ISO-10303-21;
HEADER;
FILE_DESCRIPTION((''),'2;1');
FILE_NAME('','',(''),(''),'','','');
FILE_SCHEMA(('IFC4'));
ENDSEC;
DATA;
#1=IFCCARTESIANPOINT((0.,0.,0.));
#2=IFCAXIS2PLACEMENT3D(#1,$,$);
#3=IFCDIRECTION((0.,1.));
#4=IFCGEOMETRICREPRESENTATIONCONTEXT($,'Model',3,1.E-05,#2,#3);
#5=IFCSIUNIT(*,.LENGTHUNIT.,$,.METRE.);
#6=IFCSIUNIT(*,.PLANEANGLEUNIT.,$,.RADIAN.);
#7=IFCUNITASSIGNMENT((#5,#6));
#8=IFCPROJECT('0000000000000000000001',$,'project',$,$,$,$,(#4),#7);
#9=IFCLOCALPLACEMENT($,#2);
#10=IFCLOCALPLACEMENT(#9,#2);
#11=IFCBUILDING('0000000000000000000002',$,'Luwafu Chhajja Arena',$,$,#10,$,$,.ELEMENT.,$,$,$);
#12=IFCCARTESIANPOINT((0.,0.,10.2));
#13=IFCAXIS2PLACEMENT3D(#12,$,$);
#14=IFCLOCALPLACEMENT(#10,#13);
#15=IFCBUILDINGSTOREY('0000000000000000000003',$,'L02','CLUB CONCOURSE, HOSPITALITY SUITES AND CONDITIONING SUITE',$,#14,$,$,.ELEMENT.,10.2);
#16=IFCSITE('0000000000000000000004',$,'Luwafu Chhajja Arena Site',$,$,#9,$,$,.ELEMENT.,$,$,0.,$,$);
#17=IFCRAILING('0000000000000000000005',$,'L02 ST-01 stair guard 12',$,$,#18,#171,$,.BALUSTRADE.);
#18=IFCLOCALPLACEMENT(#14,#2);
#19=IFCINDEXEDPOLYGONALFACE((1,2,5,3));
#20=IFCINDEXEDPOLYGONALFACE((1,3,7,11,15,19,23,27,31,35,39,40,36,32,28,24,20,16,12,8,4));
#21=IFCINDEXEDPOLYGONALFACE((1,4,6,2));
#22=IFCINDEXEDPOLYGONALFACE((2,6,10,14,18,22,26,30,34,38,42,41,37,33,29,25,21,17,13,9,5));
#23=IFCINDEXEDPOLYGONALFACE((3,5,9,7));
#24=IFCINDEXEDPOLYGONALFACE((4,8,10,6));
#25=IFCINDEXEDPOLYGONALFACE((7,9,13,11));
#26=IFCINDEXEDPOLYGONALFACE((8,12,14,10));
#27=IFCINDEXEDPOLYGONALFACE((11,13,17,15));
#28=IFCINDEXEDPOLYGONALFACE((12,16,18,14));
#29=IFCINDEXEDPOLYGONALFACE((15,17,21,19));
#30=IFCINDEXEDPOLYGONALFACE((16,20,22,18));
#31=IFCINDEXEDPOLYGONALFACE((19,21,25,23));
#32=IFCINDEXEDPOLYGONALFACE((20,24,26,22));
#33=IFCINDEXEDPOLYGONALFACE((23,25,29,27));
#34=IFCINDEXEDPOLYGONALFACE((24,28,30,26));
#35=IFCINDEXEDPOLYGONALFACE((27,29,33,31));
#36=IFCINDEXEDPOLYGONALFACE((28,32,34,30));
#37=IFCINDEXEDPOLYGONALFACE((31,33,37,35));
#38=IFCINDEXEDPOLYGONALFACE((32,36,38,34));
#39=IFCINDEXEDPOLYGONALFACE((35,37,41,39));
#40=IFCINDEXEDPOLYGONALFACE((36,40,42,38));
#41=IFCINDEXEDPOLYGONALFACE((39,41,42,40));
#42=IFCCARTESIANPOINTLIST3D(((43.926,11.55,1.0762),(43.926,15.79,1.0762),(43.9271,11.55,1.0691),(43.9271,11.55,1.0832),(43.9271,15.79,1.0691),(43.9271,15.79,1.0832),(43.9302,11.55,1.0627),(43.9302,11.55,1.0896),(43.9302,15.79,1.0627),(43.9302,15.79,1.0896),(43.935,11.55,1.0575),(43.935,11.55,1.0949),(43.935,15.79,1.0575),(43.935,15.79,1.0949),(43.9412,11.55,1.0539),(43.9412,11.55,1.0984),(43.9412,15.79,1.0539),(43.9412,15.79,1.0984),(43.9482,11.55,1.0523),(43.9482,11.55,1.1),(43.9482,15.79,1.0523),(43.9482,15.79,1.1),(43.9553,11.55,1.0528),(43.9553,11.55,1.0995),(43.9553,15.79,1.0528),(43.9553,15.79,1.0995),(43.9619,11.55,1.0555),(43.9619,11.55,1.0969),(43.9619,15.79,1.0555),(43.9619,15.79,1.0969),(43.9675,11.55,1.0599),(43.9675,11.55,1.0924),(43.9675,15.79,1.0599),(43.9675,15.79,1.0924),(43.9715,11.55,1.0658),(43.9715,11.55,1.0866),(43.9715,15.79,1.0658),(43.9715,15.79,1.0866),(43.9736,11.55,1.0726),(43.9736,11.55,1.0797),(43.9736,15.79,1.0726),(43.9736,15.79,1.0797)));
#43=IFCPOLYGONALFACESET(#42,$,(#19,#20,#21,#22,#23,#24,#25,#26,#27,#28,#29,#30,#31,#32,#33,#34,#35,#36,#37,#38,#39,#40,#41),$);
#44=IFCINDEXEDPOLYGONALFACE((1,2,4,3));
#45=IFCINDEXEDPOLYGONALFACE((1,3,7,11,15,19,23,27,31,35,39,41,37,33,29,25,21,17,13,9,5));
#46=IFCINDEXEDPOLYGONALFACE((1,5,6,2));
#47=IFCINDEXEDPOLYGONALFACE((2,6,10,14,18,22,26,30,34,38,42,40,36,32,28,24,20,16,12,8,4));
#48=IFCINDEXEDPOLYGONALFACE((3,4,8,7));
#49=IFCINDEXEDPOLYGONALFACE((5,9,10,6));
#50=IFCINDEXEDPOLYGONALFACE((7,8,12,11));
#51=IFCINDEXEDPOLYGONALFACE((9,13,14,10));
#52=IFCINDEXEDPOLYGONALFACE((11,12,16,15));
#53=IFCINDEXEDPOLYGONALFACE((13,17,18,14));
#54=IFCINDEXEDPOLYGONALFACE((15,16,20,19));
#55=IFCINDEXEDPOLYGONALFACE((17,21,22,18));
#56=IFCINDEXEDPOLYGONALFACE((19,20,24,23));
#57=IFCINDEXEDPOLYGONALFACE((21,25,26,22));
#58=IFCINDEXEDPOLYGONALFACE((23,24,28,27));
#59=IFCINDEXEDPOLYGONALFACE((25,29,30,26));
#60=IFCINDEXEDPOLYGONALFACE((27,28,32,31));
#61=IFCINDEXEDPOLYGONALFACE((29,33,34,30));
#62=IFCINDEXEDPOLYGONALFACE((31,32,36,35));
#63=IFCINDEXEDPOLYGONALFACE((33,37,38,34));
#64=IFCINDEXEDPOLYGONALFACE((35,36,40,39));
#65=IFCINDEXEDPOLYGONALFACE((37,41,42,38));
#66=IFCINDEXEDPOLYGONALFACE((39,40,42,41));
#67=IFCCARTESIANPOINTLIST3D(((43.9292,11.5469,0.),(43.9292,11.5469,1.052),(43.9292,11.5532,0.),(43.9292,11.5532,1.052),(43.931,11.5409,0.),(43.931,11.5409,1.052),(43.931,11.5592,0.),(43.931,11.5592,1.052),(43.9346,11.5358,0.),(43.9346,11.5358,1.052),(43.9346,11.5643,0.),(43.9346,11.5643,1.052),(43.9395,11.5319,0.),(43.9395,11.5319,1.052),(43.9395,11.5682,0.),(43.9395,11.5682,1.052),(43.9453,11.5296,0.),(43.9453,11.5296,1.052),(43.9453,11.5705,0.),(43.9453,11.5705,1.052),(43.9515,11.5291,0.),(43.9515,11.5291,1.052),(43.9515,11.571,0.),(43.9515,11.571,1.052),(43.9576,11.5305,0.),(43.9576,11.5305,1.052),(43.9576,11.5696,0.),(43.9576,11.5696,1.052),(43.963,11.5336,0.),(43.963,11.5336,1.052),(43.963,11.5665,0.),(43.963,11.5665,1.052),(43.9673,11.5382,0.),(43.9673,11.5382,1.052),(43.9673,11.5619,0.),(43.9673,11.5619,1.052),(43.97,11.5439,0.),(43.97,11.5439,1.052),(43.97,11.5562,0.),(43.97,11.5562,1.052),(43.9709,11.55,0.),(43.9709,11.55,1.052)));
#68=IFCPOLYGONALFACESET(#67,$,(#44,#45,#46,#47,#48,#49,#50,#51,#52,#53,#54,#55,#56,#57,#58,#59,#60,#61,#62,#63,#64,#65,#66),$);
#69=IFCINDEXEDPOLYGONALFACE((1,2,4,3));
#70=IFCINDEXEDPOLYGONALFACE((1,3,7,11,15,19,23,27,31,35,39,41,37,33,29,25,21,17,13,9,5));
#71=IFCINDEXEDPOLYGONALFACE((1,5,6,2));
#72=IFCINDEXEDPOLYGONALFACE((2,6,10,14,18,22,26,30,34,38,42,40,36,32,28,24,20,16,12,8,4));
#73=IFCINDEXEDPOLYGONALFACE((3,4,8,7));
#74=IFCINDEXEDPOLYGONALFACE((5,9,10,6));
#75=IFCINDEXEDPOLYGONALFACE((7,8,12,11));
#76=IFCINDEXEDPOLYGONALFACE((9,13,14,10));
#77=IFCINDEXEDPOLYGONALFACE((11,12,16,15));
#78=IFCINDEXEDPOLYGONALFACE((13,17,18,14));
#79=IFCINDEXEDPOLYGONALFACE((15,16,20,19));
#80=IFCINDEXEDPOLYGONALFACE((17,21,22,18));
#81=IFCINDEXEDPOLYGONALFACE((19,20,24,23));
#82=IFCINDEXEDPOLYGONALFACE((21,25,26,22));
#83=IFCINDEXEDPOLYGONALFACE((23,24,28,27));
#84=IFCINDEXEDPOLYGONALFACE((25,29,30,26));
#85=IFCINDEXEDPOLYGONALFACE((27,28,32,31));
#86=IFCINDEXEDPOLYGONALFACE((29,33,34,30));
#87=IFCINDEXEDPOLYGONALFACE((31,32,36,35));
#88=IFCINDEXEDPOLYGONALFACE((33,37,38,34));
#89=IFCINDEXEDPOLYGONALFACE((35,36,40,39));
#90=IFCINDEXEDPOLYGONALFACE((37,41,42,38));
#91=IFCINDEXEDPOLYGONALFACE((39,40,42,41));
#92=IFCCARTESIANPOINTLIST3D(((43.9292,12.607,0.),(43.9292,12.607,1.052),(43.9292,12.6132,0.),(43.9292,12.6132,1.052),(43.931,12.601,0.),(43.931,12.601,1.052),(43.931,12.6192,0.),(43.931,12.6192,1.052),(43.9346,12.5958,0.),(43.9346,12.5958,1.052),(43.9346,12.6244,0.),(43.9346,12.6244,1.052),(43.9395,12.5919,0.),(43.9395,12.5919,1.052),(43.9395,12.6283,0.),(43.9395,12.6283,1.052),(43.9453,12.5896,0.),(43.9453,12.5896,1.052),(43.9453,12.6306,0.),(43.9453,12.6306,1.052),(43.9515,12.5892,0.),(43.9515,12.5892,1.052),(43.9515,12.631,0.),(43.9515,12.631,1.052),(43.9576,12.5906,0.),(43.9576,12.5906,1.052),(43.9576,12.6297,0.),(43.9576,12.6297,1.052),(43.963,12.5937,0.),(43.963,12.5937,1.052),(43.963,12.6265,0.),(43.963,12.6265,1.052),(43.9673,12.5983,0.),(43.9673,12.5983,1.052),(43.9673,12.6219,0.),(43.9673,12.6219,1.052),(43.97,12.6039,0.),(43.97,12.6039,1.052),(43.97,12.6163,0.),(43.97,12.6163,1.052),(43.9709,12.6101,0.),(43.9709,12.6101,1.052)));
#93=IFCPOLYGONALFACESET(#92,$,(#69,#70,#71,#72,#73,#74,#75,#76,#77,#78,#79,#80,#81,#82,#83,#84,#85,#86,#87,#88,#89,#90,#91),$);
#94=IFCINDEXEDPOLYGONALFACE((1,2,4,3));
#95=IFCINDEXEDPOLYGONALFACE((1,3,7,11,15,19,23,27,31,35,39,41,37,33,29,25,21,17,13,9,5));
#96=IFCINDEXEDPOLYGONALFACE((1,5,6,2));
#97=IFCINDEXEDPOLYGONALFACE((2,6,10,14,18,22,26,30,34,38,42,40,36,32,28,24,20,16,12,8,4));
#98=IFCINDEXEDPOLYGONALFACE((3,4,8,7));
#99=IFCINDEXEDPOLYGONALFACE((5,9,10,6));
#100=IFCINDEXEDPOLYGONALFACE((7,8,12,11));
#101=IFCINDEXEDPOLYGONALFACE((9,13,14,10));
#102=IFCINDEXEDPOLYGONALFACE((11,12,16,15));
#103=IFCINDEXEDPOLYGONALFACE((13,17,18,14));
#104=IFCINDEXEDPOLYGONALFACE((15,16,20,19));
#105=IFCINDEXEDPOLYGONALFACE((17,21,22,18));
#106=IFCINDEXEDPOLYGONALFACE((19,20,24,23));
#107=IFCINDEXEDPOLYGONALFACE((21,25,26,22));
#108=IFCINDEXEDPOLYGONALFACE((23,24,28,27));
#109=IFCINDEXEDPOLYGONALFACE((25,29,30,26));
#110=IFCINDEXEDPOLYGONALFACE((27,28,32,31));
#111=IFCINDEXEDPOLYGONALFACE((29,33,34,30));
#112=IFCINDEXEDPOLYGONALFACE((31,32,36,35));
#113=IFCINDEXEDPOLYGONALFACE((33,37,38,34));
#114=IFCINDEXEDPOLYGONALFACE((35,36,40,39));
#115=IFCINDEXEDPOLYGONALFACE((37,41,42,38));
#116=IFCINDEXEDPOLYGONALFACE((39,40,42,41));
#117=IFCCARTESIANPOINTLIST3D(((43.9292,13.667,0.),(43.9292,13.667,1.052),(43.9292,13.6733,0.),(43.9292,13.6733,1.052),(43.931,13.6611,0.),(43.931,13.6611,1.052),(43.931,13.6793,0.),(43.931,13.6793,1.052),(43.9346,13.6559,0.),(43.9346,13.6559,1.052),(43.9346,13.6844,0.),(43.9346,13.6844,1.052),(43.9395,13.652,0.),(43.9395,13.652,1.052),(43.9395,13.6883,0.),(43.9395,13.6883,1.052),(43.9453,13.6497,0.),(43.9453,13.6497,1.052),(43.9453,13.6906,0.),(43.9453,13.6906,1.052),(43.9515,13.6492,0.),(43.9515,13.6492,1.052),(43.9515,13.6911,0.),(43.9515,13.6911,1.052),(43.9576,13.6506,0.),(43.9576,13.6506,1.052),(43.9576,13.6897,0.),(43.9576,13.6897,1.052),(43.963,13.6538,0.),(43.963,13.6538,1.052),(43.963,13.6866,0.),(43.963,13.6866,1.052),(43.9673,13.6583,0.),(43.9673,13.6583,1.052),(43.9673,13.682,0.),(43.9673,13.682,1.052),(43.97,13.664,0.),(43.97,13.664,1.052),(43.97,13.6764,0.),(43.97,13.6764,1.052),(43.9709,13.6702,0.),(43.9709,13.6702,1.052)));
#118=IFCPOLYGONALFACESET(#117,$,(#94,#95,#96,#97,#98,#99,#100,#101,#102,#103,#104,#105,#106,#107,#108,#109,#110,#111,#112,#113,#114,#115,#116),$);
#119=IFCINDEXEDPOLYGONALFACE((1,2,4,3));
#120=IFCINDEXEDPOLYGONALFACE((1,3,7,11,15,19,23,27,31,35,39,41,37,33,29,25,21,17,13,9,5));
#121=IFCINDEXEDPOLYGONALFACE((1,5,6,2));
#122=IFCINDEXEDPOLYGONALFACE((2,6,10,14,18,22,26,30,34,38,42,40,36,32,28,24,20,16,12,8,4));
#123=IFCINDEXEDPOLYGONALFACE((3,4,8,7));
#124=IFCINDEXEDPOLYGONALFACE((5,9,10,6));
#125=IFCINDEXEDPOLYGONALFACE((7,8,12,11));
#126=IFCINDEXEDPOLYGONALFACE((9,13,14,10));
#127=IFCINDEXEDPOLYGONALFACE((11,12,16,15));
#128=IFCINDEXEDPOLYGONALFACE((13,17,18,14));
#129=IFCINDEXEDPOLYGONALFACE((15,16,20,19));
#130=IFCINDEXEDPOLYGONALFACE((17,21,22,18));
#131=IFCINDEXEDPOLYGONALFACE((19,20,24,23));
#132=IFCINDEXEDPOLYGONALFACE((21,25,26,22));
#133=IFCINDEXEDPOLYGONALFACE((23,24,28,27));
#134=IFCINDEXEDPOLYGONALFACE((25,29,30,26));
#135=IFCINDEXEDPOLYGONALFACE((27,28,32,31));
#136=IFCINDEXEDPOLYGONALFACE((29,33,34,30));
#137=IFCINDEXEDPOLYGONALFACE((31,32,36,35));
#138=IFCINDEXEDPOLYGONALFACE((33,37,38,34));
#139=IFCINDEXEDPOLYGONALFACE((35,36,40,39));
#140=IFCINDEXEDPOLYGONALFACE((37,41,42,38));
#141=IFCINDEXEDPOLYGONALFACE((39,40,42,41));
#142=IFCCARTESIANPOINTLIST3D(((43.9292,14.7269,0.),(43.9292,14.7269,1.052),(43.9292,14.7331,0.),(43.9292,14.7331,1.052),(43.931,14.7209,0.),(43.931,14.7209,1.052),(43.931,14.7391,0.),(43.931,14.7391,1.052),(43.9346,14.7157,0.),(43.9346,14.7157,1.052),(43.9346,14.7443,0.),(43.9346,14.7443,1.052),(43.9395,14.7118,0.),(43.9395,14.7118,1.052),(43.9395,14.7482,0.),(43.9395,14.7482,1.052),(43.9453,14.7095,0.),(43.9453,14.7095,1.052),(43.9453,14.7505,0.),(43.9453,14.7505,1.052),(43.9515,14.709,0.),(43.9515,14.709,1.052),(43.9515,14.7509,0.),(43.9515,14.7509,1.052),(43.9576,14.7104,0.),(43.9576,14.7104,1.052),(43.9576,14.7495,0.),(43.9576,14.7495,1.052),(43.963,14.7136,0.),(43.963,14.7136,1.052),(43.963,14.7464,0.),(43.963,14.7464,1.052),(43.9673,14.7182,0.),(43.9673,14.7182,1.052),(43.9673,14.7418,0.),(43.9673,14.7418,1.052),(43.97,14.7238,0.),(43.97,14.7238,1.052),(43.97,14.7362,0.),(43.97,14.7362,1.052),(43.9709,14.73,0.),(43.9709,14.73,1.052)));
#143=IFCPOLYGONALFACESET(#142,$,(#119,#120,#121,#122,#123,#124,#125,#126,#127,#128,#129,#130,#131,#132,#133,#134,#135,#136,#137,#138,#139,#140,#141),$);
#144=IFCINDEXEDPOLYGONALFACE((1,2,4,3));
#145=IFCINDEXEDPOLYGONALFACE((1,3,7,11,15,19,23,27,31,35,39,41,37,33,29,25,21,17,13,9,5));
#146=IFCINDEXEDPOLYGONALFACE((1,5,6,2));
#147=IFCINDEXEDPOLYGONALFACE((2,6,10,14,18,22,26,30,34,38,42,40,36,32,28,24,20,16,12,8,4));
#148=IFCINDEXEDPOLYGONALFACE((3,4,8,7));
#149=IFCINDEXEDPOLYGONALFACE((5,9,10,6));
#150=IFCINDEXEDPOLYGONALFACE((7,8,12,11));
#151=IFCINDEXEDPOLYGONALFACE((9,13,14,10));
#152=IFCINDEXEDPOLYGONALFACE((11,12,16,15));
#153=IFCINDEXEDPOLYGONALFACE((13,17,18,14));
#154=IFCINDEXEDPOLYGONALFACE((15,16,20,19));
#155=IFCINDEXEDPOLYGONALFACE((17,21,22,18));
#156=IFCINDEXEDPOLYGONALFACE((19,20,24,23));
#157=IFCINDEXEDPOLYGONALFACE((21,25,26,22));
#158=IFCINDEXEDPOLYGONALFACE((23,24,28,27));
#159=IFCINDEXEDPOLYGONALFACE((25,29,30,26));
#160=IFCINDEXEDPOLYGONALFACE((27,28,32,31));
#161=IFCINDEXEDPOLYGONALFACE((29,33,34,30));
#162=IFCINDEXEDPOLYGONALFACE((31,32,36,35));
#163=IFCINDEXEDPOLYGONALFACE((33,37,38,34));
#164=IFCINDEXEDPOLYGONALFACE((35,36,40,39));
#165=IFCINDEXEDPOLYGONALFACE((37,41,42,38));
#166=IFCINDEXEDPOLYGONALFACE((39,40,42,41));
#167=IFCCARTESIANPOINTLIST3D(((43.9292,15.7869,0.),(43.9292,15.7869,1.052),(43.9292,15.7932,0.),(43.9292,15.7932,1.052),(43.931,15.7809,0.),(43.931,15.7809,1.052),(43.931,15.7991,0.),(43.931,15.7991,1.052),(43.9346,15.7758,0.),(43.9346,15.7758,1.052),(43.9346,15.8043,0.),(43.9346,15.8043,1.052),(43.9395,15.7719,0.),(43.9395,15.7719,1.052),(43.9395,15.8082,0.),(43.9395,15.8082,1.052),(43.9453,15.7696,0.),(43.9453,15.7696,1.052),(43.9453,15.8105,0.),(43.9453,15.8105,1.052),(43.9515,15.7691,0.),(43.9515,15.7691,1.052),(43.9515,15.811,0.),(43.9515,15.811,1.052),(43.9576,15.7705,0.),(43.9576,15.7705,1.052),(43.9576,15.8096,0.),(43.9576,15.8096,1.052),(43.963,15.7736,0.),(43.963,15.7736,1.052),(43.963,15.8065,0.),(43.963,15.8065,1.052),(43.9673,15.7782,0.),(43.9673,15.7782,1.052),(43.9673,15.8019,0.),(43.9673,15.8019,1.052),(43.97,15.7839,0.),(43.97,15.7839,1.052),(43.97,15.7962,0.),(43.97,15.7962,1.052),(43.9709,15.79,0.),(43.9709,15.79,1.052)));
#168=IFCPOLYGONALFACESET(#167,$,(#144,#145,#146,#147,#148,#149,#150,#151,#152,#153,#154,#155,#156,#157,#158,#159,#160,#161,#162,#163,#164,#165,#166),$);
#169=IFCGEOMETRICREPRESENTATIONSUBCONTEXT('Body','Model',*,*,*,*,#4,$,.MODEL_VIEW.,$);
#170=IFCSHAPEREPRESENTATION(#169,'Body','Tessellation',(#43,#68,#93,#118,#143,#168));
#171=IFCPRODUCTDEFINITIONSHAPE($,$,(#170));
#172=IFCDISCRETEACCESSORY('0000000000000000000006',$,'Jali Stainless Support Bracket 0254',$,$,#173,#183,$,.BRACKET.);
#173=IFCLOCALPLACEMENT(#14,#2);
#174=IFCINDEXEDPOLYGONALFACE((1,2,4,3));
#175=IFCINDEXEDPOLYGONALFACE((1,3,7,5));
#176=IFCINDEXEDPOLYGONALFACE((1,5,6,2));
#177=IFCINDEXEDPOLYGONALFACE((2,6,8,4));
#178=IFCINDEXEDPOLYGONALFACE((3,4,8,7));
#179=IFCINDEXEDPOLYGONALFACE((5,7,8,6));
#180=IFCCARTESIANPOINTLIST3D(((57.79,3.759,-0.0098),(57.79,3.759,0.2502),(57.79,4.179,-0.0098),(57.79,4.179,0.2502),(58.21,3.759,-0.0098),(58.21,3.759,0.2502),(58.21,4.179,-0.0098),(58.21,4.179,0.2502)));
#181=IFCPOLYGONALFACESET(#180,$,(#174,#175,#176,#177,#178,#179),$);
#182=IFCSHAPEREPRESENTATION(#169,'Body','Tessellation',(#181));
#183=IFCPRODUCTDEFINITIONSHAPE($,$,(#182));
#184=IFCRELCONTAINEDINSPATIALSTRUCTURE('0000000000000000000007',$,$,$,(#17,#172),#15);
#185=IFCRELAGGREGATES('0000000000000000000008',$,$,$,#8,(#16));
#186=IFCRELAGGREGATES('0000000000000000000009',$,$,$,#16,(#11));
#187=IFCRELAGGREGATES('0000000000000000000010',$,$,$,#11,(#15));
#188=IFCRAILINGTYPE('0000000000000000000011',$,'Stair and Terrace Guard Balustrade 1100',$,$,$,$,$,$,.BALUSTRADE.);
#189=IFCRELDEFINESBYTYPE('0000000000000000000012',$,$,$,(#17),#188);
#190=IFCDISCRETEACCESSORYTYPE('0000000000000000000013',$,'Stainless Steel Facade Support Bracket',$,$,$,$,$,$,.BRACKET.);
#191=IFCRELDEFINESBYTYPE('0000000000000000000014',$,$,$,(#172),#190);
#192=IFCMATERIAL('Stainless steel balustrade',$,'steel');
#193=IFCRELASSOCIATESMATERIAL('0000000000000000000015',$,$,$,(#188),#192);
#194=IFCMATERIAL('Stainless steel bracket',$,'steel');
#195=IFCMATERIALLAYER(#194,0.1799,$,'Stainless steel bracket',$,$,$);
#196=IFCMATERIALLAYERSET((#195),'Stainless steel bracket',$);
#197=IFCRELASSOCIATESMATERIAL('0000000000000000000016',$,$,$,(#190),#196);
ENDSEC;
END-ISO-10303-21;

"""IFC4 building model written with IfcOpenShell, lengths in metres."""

from ifc_helpers import new_model, si_unit, direction, frame, origin, origin_2d, place, context, subcontext, project, spatial, rectangle, circle, extrude, material, layer, layer_set, type_object, element, save


model = new_model("IFC4")

# Units and contexts
model_context = context("Model", 3, precision=1e-05, world=origin(), true_north=direction((0.0, 1.0)))
body_context = subcontext(model_context, "Body", "Model", "MODEL_VIEW")
ifc_project = project(units=[si_unit("LENGTHUNIT", "METRE"), si_unit("PLANEANGLEUNIT", "RADIAN")], contexts=[model_context])

# Site, building, storey
site_placement = place(None, origin())
site = spatial("IfcSite", under=ifc_project, at=site_placement, Name="Luwafu Chhajja Arena Site", CompositionType="ELEMENT", RefElevation=0.0)
building_placement = place(site_placement, origin())
building = spatial("IfcBuilding", under=site, at=building_placement, Name="Luwafu Chhajja Arena", CompositionType="ELEMENT")
storey_placement = place(building_placement, frame((0.0, 0.0, 10.2)))
storey = spatial("IfcBuildingStorey", under=building, at=storey_placement, Name="L02", Description="CLUB CONCOURSE, HOSPITALITY SUITES AND CONDITIONING SUITE", CompositionType="ELEMENT", Elevation=10.2)

# Railing
ifc_material_1 = material(Name="Stainless steel balustrade", Category="steel")
railing_type_1 = type_object("IfcRailingType", Name="Stair and Terrace Guard Balustrade 1100", PredefinedType="BALUSTRADE", material=ifc_material_1)
railing_1_placement = place(storey_placement, frame((43.95, 11.55, 0.0)))
element("IfcRailing", 1, at=railing_1_placement, inside=storey, type_object=railing_type_1, Name="L02 ST-01 stair guard 12", PredefinedType="BALUSTRADE", context=body_context, shape_type="SweptSolid", body=[
    extrude(circle(Radius=0.0239, at=origin_2d()), frame((0.0, 0.0, 1.0762), z_axis=(0.0, 1.0, 0.0), x_axis=(-1.0, 0.0, 0.0)), (0.0, 0.0, 1.0), 4.24),
    extrude(circle(Radius=0.021, at=origin_2d()), origin(), (0.0, 0.0, 1.0), 1.052),
    extrude(circle(Radius=0.021, at=origin_2d()), frame((0.0, 1.0601, 0.0)), (0.0, 0.0, 1.0), 1.052),
    extrude(circle(Radius=0.021, at=origin_2d()), frame((0.0, 2.1201, 0.0)), (0.0, 0.0, 1.0), 1.052),
    extrude(circle(Radius=0.021, at=origin_2d()), frame((0.0, 3.1799, 0.0)), (0.0, 0.0, 1.0), 1.052),
    extrude(circle(Radius=0.021, at=origin_2d()), frame((0.0, 4.24, 0.0)), (0.0, 0.0, 1.0), 1.052),
])

# Discrete accessory
ifc_material_2 = material(Name="Stainless steel bracket", Category="steel")
ifc_layer_1 = layer(ifc_material_2, 0.1799, Name="Stainless steel bracket")
ifc_layer_set_1 = layer_set([ifc_layer_1], Name="Stainless steel bracket")
discrete_accessory_type = type_object("IfcDiscreteAccessoryType", Name="Stainless Steel Facade Support Bracket", PredefinedType="BRACKET", material=ifc_layer_set_1)
discrete_accessory_placement = place(storey_placement, frame((58.0, 3.969, -0.0098), z_axis=(0.0, 0.0, 1.0), x_axis=(0.0, 1.0, 0.0)))
element("IfcDiscreteAccessory", 2, at=discrete_accessory_placement, inside=storey, type_object=discrete_accessory_type, Name="Jali Stainless Support Bracket 0254", PredefinedType="BRACKET", context=body_context, shape_type="SweptSolid", body=[
    extrude(rectangle(XDim=0.4199, YDim=0.4199, at=origin_2d()), origin(), (0.0, 0.0, 1.0), 0.26),
])

save(model, "model.ifc")
